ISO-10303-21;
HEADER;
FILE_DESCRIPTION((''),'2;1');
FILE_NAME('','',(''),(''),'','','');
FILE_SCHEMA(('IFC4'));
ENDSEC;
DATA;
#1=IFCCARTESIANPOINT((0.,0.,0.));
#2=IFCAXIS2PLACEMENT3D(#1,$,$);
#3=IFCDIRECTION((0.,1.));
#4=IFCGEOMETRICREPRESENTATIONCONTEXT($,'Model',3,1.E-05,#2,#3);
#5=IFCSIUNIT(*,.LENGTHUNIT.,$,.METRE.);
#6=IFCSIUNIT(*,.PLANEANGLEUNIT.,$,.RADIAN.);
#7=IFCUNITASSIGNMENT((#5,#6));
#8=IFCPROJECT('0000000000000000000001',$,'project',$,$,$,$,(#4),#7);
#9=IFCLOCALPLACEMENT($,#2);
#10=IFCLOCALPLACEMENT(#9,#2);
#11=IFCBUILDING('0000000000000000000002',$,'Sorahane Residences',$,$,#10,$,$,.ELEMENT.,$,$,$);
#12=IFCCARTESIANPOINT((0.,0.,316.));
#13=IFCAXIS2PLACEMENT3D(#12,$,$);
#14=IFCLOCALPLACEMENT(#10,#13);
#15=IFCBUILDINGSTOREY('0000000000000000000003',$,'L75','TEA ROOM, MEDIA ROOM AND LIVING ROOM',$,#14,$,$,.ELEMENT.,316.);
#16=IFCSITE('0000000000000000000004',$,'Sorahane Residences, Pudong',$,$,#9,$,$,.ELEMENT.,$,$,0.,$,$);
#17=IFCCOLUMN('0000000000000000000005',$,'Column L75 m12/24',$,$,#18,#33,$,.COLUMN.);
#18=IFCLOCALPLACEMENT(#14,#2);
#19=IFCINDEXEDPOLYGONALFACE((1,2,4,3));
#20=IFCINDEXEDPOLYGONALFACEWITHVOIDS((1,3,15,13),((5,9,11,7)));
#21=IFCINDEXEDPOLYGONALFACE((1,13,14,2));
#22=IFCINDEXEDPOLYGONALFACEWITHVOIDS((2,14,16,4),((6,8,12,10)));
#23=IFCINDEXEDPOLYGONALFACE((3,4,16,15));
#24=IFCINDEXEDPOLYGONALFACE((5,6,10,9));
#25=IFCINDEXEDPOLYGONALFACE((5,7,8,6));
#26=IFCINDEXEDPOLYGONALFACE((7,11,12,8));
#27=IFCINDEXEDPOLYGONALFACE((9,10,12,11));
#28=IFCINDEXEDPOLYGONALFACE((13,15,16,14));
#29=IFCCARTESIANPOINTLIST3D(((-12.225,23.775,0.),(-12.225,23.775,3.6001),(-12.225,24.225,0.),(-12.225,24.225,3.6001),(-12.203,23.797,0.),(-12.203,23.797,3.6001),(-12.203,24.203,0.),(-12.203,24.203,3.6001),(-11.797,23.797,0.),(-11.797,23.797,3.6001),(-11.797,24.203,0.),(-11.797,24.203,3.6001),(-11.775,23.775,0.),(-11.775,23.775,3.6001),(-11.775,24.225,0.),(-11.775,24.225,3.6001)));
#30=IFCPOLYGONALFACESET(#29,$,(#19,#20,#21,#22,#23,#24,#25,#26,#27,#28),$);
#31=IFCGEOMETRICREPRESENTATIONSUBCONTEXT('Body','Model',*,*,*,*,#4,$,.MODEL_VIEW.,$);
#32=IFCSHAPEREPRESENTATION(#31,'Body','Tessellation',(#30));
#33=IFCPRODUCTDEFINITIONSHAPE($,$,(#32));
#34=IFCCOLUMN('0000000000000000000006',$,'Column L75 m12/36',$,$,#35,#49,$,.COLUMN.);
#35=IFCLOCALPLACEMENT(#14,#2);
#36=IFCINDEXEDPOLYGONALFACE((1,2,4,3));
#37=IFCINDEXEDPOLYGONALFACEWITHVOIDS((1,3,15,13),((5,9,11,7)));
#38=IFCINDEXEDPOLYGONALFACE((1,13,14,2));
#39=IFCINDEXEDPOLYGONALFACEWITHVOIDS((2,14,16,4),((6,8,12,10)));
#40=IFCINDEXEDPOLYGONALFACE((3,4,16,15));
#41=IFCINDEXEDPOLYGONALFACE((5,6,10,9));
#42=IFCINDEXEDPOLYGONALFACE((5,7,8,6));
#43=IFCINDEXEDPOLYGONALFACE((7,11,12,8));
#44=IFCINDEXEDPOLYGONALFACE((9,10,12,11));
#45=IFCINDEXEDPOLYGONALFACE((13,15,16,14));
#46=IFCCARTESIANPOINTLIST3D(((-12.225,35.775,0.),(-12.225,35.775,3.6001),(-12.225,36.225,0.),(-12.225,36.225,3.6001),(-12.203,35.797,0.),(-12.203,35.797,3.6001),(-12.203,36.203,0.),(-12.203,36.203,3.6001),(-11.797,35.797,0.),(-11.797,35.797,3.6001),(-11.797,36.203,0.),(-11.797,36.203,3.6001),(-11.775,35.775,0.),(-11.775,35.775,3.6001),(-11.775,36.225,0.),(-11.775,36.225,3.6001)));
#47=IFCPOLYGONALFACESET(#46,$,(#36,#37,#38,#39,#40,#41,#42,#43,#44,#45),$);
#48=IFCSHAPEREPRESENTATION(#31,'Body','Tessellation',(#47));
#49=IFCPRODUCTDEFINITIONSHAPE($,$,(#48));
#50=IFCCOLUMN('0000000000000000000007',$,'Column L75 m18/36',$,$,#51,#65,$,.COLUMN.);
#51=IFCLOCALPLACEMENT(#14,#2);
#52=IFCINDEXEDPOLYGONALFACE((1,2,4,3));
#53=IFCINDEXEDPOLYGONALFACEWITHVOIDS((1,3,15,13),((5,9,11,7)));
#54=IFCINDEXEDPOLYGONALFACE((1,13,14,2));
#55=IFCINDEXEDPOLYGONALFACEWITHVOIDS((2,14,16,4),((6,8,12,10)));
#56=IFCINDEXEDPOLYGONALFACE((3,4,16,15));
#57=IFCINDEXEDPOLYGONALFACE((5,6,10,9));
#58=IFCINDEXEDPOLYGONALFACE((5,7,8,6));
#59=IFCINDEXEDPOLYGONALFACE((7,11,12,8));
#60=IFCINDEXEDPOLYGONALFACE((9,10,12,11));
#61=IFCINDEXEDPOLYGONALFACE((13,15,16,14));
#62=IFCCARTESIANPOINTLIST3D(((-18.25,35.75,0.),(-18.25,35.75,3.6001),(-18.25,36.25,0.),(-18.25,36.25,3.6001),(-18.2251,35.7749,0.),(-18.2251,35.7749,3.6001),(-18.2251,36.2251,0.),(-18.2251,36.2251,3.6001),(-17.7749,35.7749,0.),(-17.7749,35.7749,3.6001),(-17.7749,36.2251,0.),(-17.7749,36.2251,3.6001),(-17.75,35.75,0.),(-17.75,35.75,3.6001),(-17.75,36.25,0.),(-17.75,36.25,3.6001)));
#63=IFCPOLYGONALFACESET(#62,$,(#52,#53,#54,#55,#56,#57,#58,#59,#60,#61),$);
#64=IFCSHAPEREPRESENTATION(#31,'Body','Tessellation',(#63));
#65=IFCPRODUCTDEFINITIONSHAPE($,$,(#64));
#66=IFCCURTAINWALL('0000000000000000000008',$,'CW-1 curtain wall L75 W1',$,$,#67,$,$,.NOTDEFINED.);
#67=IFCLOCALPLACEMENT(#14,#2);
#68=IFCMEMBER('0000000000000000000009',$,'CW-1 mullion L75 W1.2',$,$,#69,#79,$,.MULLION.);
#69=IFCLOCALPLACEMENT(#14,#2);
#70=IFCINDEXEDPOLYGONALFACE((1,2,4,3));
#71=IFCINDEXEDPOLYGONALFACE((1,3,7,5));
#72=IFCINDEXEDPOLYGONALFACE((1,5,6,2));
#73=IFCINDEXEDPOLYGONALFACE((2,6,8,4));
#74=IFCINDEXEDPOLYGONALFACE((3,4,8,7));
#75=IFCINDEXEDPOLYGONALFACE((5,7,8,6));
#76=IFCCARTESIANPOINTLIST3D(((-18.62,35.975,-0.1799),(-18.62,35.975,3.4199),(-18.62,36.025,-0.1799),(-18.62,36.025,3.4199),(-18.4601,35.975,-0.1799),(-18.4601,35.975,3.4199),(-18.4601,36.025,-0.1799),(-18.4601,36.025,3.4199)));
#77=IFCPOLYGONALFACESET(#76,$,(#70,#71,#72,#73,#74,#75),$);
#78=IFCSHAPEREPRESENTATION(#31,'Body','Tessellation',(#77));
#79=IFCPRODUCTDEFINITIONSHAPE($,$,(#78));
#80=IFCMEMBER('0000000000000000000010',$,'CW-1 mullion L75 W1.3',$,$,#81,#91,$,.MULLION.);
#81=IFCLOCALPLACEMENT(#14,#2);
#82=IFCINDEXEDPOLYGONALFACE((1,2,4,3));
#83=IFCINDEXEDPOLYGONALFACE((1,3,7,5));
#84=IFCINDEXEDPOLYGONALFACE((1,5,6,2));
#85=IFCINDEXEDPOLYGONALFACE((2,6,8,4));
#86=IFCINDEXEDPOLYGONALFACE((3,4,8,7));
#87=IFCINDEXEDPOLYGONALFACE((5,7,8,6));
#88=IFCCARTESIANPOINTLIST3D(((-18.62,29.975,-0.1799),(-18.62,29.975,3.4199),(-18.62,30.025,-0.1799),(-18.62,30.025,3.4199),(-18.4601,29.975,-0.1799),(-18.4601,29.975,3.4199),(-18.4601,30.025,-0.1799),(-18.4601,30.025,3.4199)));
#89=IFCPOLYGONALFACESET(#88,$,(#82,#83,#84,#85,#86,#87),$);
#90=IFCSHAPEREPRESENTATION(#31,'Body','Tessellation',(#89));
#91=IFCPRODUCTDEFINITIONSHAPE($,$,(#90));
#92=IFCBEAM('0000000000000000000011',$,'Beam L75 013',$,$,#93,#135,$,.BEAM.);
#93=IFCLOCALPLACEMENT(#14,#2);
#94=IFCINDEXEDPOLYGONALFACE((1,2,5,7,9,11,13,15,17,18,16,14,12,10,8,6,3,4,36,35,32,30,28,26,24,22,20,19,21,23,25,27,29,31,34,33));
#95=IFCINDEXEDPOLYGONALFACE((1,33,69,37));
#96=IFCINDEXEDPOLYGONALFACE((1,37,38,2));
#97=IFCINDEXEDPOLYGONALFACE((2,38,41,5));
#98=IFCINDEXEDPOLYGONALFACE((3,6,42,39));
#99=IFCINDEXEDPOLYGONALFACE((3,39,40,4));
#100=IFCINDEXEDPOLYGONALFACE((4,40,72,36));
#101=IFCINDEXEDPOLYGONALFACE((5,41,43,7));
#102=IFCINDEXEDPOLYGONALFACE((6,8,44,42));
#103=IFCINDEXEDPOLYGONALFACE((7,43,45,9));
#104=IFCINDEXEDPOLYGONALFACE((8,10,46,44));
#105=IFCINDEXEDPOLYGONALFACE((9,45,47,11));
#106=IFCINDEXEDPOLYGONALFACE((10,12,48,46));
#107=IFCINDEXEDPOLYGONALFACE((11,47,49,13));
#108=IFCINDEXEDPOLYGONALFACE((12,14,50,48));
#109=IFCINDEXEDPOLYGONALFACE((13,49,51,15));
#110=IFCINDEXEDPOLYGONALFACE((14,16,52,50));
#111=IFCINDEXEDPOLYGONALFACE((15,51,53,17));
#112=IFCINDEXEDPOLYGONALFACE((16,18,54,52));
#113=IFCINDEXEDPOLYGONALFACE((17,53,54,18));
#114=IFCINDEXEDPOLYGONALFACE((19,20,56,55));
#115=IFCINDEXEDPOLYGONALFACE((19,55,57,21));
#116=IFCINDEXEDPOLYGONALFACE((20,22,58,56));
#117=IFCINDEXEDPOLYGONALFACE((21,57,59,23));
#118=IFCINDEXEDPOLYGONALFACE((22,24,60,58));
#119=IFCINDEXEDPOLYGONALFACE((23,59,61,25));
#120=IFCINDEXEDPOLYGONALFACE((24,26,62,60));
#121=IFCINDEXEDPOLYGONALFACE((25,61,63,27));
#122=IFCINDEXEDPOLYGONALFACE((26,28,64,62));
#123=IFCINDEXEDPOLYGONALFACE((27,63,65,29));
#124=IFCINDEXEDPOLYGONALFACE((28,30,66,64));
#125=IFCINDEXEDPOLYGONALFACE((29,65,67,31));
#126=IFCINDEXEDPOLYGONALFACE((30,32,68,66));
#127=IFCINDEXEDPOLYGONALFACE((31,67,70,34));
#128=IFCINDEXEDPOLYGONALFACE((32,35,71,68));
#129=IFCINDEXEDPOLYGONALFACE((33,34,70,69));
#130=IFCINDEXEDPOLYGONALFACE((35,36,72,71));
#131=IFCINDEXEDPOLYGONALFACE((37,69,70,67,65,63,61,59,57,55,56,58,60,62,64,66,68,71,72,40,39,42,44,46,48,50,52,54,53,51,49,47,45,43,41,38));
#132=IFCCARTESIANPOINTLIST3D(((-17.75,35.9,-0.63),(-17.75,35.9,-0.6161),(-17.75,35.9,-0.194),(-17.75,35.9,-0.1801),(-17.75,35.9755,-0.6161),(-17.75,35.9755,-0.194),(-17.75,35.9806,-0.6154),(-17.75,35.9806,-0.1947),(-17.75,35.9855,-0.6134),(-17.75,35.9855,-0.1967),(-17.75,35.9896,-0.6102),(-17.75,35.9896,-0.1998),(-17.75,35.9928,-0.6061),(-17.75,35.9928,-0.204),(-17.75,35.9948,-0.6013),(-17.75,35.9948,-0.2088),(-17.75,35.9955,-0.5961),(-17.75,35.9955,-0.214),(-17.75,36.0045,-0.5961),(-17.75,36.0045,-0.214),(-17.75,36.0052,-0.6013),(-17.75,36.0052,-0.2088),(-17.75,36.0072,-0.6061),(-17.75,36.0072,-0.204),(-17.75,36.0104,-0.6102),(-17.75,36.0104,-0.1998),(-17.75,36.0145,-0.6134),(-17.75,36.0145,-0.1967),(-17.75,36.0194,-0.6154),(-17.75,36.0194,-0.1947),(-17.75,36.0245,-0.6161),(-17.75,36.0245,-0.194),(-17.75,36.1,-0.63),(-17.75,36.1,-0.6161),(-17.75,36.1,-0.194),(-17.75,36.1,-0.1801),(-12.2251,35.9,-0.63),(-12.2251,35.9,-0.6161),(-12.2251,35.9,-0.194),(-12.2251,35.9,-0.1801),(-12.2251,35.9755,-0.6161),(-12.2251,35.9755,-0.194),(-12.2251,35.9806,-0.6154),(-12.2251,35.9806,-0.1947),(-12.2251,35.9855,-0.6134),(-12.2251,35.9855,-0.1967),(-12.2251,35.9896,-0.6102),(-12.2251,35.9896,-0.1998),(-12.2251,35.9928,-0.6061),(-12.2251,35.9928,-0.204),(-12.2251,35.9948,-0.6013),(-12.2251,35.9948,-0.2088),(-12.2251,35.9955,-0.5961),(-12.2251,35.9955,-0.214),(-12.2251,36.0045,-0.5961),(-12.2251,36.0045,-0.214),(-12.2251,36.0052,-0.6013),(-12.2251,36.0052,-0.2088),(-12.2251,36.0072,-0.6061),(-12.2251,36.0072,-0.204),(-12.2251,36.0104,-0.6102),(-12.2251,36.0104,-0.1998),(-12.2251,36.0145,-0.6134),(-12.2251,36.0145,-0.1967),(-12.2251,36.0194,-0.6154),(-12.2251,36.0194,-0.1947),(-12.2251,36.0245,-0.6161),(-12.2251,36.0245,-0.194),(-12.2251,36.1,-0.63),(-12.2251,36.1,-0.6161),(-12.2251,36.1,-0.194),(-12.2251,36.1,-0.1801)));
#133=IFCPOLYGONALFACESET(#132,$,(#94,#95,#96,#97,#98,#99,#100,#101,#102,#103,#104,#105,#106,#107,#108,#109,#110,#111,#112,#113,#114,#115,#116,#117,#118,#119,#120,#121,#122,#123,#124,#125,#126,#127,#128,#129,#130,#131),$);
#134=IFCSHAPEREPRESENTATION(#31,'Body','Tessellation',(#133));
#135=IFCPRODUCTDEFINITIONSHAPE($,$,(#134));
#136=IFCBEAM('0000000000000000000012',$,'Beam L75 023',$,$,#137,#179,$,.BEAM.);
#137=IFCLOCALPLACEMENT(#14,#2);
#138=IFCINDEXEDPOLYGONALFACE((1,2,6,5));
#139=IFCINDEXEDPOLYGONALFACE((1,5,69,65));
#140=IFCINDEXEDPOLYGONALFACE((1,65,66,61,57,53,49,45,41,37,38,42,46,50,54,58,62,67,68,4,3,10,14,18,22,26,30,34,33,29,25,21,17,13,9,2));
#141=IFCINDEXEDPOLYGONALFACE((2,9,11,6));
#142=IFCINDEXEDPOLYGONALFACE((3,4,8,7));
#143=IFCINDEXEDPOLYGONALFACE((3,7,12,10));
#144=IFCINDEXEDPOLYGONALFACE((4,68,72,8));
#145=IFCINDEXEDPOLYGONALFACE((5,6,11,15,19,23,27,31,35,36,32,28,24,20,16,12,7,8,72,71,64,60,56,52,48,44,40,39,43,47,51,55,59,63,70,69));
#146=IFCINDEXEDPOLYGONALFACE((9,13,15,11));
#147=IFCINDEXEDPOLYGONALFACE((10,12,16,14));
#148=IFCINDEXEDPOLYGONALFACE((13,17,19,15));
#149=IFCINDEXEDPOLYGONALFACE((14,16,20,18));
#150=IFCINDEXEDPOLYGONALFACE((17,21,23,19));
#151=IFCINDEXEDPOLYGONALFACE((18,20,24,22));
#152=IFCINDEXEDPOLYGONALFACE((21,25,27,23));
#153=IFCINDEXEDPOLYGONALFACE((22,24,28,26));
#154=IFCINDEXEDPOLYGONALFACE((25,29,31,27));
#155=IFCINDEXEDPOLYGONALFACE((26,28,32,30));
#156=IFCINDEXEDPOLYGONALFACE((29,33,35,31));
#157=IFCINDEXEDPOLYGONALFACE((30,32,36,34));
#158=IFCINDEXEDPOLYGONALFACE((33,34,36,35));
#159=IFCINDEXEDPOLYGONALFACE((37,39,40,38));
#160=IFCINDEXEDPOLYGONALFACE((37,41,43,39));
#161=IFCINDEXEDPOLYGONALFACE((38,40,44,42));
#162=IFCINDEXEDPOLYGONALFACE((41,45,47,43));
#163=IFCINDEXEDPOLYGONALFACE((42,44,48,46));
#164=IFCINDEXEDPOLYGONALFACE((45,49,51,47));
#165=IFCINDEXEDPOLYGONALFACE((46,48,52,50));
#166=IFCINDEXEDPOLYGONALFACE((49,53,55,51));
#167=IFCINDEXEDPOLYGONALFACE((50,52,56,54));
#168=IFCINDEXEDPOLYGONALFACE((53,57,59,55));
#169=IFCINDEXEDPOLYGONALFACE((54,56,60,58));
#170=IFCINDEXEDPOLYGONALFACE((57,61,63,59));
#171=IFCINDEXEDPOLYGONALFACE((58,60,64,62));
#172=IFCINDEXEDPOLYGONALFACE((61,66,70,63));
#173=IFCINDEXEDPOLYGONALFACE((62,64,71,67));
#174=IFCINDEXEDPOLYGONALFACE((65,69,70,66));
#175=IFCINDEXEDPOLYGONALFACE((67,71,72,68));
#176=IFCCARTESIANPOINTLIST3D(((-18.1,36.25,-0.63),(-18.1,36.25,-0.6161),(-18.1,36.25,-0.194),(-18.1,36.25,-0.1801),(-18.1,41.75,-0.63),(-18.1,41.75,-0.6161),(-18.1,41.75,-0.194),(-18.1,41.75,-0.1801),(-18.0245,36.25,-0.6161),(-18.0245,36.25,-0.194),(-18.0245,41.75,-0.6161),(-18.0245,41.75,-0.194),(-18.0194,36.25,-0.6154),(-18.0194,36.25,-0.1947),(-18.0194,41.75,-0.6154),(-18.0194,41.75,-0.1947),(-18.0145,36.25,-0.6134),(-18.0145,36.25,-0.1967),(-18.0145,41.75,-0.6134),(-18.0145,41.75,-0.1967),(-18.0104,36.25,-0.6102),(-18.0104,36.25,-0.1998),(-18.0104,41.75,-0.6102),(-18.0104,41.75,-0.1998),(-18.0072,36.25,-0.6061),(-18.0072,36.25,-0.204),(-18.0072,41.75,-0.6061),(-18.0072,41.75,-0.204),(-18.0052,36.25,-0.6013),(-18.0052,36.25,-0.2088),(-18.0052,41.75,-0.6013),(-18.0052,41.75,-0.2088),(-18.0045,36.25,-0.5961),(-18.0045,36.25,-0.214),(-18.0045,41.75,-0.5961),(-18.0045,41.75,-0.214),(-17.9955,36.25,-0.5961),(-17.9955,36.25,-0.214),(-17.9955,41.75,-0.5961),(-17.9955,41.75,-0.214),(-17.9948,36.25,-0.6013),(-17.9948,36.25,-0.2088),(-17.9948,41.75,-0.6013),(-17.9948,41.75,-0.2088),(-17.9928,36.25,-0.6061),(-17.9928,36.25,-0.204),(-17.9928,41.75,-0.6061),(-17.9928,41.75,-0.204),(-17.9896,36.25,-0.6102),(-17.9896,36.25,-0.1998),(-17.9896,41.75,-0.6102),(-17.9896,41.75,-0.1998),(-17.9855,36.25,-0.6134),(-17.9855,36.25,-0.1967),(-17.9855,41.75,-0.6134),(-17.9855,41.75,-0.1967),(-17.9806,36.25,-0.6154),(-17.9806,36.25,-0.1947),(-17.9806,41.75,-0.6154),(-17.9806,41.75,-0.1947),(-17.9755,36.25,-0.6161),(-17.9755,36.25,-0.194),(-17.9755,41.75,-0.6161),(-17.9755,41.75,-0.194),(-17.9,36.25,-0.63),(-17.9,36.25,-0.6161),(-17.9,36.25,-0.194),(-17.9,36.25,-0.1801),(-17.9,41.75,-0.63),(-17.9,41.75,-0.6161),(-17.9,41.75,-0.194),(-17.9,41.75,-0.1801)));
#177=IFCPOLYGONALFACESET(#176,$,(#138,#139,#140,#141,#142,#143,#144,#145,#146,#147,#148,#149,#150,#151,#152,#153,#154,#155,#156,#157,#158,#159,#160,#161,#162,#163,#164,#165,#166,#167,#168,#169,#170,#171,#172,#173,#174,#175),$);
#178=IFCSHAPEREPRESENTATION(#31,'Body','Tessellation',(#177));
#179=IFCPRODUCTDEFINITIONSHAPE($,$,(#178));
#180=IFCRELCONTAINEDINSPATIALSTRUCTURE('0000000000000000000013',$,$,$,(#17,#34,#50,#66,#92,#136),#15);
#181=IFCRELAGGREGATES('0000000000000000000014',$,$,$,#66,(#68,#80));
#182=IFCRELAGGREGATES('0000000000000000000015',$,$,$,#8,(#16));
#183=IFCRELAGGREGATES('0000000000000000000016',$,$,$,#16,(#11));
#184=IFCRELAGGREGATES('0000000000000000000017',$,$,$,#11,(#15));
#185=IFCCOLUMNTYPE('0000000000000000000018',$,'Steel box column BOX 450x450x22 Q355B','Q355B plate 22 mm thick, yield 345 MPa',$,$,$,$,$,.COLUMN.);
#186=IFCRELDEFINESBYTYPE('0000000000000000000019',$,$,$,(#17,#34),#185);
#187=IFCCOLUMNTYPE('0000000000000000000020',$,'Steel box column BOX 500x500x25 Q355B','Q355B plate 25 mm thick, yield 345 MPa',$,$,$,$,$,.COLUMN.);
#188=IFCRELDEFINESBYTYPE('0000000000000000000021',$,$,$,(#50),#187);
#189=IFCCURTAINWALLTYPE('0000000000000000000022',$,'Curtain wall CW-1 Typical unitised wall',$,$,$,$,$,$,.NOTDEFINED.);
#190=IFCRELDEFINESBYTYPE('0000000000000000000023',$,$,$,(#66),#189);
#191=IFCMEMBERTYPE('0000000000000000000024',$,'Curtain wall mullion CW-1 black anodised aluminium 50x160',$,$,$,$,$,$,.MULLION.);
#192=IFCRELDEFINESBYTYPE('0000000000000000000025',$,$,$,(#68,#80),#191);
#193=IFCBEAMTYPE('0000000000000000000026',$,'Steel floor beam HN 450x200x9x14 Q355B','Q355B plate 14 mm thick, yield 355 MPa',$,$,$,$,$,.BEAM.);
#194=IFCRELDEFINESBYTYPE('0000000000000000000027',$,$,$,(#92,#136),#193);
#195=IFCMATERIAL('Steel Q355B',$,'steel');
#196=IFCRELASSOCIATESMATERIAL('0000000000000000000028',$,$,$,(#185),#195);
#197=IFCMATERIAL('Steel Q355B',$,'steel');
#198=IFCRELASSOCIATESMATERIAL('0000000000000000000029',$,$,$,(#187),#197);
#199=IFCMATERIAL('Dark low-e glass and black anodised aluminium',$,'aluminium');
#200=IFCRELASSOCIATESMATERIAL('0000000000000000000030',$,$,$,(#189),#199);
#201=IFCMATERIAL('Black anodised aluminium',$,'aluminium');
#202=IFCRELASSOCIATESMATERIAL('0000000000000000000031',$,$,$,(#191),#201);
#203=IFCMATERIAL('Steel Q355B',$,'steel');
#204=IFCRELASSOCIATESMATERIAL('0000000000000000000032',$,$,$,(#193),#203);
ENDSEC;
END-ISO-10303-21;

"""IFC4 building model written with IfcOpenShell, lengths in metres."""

from ifc_helpers import new_model, si_unit, direction, frame, origin, origin_2d, place, context, subcontext, project, spatial, rectangle, hollow_rectangle, i_section, extrude, material, material_profile, profile_set, type_object, element, aggregate, save


model = new_model("IFC4")

# Units and contexts
model_context = context("Model", 3, precision=1e-05, world=origin(), true_north=direction((0.0, 1.0)))
body_context = subcontext(model_context, "Body", "Model", "MODEL_VIEW")
ifc_project = project(units=[si_unit("LENGTHUNIT", "METRE"), si_unit("PLANEANGLEUNIT", "RADIAN")], contexts=[model_context])

# Site, building, storey
site_placement = place(None, origin())
site = spatial("IfcSite", under=ifc_project, at=site_placement, Name="Sorahane Residences, Pudong", CompositionType="ELEMENT", RefElevation=0.0)
building_placement = place(site_placement, origin())
building = spatial("IfcBuilding", under=site, at=building_placement, Name="Sorahane Residences", CompositionType="ELEMENT")
storey_placement = place(building_placement, frame((0.0, 0.0, 316.0)))
storey = spatial("IfcBuildingStorey", under=building, at=storey_placement, Name="L75", Description="TEA ROOM, MEDIA ROOM AND LIVING ROOM", CompositionType="ELEMENT", Elevation=316.0)

# Columns
ifc_material_1 = material(Name="Steel Q355B", Category="steel")
ifc_material_profile_1 = material_profile(ifc_material_1, hollow_rectangle(XDim=0.45, YDim=0.45, WallThickness=0.022, at=origin_2d()), Name="BOX 450x450x22")
ifc_profile_set_1 = profile_set([ifc_material_profile_1], Name="Steel Q355B")
column_type_1 = type_object("IfcColumnType", Name="Steel box column BOX 450x450x22 Q355B", Description="Q355B plate 22 mm thick, yield 345 MPa", PredefinedType="COLUMN", material=ifc_profile_set_1)
for number, where, z_axis, x_axis, name in (
    (1, (-12.0, 24.0, 0.0), (0.0, 0.0, 1.0), (1.0, 0.0, 0.0), "Column L75 m12/24"),
    (2, (-12.0, 36.0, 0.0), (0.0, 0.0, 1.0), (1.0, 0.0, 0.0), "Column L75 m12/36"),
):
    element("IfcColumn", number, at=place(storey_placement, frame(where, z_axis=z_axis, x_axis=x_axis)), inside=storey, type_object=column_type_1, Name=name, PredefinedType="COLUMN", context=body_context, shape_type="SweptSolid", body=[
        extrude(hollow_rectangle(XDim=0.45, YDim=0.45, WallThickness=0.022, at=origin_2d()), origin(), (0.0, 0.0, 1.0), 3.6001),
    ])
ifc_material_2 = material(Name="Steel Q355B", Category="steel")
ifc_material_profile_2 = material_profile(ifc_material_2, hollow_rectangle(XDim=0.5, YDim=0.5, WallThickness=0.0249, at=origin_2d()), Name="BOX 500x500x25")
ifc_profile_set_2 = profile_set([ifc_material_profile_2], Name="Steel Q355B")
column_type_2 = type_object("IfcColumnType", Name="Steel box column BOX 500x500x25 Q355B", Description="Q355B plate 25 mm thick, yield 345 MPa", PredefinedType="COLUMN", material=ifc_profile_set_2)
column_placement = place(storey_placement, frame((-18.0, 36.0, 0.0), z_axis=(0.0, 0.0, 1.0), x_axis=(1.0, 0.0, 0.0)))
element("IfcColumn", 3, at=column_placement, inside=storey, type_object=column_type_2, Name="Column L75 m18/36", PredefinedType="COLUMN", context=body_context, shape_type="SweptSolid", body=[
    extrude(hollow_rectangle(XDim=0.5, YDim=0.5, WallThickness=0.0249, at=origin_2d()), origin(), (0.0, 0.0, 1.0), 3.6001),
])

# Curtain wall, members
ifc_material_3 = material(Name="Dark low-e glass and black anodised aluminium", Category="aluminium")
curtain_wall_type = type_object("IfcCurtainWallType", Name="Curtain wall CW-1 Typical unitised wall", PredefinedType="NOTDEFINED", material=ifc_material_3)
curtain_wall_placement = place(storey_placement, origin())
curtain_wall = element("IfcCurtainWall", 4, at=curtain_wall_placement, inside=storey, type_object=curtain_wall_type, Name="CW-1 curtain wall L75 W1", PredefinedType="NOTDEFINED")
ifc_material_4 = material(Name="Black anodised aluminium", Category="aluminium")
ifc_material_profile_3 = material_profile(ifc_material_4, rectangle(XDim=0.1599, YDim=0.05, at=origin_2d()), Name="Curtain wall mullion CW-1 black anodised aluminium 50x160")
ifc_profile_set_3 = profile_set([ifc_material_profile_3], Name="Black anodised aluminium")
member_type = type_object("IfcMemberType", Name="Curtain wall mullion CW-1 black anodised aluminium 50x160", PredefinedType="MULLION", material=ifc_profile_set_3)
member_1_placement = place(storey_placement, frame((-18.54, 36.0, -0.1799), z_axis=(0.0, 0.0, 1.0), x_axis=(-1.0, 0.0, 0.0)))
member_1 = element("IfcMember", 5, at=member_1_placement, type_object=member_type, Name="CW-1 mullion L75 W1.2", PredefinedType="MULLION", context=body_context, shape_type="SweptSolid", body=[
    extrude(rectangle(XDim=0.1599, YDim=0.05, at=origin_2d()), origin(), (0.0, 0.0, 1.0), 3.5999),
])
member_2_placement = place(storey_placement, frame((-18.54, 30.0, -0.1799), z_axis=(0.0, 0.0, 1.0), x_axis=(-1.0, 0.0, 0.0)))
member_2 = element("IfcMember", 6, at=member_2_placement, type_object=member_type, Name="CW-1 mullion L75 W1.3", PredefinedType="MULLION", context=body_context, shape_type="SweptSolid", body=[
    extrude(rectangle(XDim=0.1599, YDim=0.05, at=origin_2d()), origin(), (0.0, 0.0, 1.0), 3.5999),
])

# Beams
ifc_material_5 = material(Name="Steel Q355B", Category="steel")
ifc_material_profile_4 = material_profile(ifc_material_5, i_section(OverallWidth=0.2, OverallDepth=0.45, WebThickness=0.009, FlangeThickness=0.0139, FilletRadius=0.02, at=origin_2d()), Name="HN 450x200x9x14")
ifc_profile_set_4 = profile_set([ifc_material_profile_4], Name="Steel Q355B")
beam_type_1 = type_object("IfcBeamType", Name="Steel floor beam HN 450x200x9x14 Q355B", Description="Q355B plate 14 mm thick, yield 355 MPa", PredefinedType="BEAM", material=ifc_profile_set_4)
beam_1_placement = place(storey_placement, frame((-17.75, 36.0, -0.405), z_axis=(1.0, 0.0, 0.0), x_axis=(0.0, 1.0, 0.0)))
element("IfcBeam", 7, at=beam_1_placement, inside=storey, type_object=beam_type_1, Name="Beam L75 013", PredefinedType="BEAM", context=body_context, shape_type="SweptSolid", body=[
    extrude(i_section(OverallWidth=0.2, OverallDepth=0.45, WebThickness=0.009, FlangeThickness=0.0139, FilletRadius=0.02, at=origin_2d()), origin(), (0.0, 0.0, 1.0), 5.5249),
])
beam_2_placement = place(storey_placement, frame((-18.0, 36.25, -0.405), z_axis=(0.0, 1.0, 0.0), x_axis=(-1.0, 0.0, 0.0)))
element("IfcBeam", 8, at=beam_2_placement, inside=storey, type_object=beam_type_1, Name="Beam L75 023", PredefinedType="BEAM", context=body_context, shape_type="SweptSolid", body=[
    extrude(i_section(OverallWidth=0.2, OverallDepth=0.45, WebThickness=0.009, FlangeThickness=0.0139, FilletRadius=0.02, at=origin_2d()), origin(), (0.0, 0.0, 1.0), 5.5),
])

aggregate(curtain_wall, [member_1, member_2])

save(model, "model.ifc")
